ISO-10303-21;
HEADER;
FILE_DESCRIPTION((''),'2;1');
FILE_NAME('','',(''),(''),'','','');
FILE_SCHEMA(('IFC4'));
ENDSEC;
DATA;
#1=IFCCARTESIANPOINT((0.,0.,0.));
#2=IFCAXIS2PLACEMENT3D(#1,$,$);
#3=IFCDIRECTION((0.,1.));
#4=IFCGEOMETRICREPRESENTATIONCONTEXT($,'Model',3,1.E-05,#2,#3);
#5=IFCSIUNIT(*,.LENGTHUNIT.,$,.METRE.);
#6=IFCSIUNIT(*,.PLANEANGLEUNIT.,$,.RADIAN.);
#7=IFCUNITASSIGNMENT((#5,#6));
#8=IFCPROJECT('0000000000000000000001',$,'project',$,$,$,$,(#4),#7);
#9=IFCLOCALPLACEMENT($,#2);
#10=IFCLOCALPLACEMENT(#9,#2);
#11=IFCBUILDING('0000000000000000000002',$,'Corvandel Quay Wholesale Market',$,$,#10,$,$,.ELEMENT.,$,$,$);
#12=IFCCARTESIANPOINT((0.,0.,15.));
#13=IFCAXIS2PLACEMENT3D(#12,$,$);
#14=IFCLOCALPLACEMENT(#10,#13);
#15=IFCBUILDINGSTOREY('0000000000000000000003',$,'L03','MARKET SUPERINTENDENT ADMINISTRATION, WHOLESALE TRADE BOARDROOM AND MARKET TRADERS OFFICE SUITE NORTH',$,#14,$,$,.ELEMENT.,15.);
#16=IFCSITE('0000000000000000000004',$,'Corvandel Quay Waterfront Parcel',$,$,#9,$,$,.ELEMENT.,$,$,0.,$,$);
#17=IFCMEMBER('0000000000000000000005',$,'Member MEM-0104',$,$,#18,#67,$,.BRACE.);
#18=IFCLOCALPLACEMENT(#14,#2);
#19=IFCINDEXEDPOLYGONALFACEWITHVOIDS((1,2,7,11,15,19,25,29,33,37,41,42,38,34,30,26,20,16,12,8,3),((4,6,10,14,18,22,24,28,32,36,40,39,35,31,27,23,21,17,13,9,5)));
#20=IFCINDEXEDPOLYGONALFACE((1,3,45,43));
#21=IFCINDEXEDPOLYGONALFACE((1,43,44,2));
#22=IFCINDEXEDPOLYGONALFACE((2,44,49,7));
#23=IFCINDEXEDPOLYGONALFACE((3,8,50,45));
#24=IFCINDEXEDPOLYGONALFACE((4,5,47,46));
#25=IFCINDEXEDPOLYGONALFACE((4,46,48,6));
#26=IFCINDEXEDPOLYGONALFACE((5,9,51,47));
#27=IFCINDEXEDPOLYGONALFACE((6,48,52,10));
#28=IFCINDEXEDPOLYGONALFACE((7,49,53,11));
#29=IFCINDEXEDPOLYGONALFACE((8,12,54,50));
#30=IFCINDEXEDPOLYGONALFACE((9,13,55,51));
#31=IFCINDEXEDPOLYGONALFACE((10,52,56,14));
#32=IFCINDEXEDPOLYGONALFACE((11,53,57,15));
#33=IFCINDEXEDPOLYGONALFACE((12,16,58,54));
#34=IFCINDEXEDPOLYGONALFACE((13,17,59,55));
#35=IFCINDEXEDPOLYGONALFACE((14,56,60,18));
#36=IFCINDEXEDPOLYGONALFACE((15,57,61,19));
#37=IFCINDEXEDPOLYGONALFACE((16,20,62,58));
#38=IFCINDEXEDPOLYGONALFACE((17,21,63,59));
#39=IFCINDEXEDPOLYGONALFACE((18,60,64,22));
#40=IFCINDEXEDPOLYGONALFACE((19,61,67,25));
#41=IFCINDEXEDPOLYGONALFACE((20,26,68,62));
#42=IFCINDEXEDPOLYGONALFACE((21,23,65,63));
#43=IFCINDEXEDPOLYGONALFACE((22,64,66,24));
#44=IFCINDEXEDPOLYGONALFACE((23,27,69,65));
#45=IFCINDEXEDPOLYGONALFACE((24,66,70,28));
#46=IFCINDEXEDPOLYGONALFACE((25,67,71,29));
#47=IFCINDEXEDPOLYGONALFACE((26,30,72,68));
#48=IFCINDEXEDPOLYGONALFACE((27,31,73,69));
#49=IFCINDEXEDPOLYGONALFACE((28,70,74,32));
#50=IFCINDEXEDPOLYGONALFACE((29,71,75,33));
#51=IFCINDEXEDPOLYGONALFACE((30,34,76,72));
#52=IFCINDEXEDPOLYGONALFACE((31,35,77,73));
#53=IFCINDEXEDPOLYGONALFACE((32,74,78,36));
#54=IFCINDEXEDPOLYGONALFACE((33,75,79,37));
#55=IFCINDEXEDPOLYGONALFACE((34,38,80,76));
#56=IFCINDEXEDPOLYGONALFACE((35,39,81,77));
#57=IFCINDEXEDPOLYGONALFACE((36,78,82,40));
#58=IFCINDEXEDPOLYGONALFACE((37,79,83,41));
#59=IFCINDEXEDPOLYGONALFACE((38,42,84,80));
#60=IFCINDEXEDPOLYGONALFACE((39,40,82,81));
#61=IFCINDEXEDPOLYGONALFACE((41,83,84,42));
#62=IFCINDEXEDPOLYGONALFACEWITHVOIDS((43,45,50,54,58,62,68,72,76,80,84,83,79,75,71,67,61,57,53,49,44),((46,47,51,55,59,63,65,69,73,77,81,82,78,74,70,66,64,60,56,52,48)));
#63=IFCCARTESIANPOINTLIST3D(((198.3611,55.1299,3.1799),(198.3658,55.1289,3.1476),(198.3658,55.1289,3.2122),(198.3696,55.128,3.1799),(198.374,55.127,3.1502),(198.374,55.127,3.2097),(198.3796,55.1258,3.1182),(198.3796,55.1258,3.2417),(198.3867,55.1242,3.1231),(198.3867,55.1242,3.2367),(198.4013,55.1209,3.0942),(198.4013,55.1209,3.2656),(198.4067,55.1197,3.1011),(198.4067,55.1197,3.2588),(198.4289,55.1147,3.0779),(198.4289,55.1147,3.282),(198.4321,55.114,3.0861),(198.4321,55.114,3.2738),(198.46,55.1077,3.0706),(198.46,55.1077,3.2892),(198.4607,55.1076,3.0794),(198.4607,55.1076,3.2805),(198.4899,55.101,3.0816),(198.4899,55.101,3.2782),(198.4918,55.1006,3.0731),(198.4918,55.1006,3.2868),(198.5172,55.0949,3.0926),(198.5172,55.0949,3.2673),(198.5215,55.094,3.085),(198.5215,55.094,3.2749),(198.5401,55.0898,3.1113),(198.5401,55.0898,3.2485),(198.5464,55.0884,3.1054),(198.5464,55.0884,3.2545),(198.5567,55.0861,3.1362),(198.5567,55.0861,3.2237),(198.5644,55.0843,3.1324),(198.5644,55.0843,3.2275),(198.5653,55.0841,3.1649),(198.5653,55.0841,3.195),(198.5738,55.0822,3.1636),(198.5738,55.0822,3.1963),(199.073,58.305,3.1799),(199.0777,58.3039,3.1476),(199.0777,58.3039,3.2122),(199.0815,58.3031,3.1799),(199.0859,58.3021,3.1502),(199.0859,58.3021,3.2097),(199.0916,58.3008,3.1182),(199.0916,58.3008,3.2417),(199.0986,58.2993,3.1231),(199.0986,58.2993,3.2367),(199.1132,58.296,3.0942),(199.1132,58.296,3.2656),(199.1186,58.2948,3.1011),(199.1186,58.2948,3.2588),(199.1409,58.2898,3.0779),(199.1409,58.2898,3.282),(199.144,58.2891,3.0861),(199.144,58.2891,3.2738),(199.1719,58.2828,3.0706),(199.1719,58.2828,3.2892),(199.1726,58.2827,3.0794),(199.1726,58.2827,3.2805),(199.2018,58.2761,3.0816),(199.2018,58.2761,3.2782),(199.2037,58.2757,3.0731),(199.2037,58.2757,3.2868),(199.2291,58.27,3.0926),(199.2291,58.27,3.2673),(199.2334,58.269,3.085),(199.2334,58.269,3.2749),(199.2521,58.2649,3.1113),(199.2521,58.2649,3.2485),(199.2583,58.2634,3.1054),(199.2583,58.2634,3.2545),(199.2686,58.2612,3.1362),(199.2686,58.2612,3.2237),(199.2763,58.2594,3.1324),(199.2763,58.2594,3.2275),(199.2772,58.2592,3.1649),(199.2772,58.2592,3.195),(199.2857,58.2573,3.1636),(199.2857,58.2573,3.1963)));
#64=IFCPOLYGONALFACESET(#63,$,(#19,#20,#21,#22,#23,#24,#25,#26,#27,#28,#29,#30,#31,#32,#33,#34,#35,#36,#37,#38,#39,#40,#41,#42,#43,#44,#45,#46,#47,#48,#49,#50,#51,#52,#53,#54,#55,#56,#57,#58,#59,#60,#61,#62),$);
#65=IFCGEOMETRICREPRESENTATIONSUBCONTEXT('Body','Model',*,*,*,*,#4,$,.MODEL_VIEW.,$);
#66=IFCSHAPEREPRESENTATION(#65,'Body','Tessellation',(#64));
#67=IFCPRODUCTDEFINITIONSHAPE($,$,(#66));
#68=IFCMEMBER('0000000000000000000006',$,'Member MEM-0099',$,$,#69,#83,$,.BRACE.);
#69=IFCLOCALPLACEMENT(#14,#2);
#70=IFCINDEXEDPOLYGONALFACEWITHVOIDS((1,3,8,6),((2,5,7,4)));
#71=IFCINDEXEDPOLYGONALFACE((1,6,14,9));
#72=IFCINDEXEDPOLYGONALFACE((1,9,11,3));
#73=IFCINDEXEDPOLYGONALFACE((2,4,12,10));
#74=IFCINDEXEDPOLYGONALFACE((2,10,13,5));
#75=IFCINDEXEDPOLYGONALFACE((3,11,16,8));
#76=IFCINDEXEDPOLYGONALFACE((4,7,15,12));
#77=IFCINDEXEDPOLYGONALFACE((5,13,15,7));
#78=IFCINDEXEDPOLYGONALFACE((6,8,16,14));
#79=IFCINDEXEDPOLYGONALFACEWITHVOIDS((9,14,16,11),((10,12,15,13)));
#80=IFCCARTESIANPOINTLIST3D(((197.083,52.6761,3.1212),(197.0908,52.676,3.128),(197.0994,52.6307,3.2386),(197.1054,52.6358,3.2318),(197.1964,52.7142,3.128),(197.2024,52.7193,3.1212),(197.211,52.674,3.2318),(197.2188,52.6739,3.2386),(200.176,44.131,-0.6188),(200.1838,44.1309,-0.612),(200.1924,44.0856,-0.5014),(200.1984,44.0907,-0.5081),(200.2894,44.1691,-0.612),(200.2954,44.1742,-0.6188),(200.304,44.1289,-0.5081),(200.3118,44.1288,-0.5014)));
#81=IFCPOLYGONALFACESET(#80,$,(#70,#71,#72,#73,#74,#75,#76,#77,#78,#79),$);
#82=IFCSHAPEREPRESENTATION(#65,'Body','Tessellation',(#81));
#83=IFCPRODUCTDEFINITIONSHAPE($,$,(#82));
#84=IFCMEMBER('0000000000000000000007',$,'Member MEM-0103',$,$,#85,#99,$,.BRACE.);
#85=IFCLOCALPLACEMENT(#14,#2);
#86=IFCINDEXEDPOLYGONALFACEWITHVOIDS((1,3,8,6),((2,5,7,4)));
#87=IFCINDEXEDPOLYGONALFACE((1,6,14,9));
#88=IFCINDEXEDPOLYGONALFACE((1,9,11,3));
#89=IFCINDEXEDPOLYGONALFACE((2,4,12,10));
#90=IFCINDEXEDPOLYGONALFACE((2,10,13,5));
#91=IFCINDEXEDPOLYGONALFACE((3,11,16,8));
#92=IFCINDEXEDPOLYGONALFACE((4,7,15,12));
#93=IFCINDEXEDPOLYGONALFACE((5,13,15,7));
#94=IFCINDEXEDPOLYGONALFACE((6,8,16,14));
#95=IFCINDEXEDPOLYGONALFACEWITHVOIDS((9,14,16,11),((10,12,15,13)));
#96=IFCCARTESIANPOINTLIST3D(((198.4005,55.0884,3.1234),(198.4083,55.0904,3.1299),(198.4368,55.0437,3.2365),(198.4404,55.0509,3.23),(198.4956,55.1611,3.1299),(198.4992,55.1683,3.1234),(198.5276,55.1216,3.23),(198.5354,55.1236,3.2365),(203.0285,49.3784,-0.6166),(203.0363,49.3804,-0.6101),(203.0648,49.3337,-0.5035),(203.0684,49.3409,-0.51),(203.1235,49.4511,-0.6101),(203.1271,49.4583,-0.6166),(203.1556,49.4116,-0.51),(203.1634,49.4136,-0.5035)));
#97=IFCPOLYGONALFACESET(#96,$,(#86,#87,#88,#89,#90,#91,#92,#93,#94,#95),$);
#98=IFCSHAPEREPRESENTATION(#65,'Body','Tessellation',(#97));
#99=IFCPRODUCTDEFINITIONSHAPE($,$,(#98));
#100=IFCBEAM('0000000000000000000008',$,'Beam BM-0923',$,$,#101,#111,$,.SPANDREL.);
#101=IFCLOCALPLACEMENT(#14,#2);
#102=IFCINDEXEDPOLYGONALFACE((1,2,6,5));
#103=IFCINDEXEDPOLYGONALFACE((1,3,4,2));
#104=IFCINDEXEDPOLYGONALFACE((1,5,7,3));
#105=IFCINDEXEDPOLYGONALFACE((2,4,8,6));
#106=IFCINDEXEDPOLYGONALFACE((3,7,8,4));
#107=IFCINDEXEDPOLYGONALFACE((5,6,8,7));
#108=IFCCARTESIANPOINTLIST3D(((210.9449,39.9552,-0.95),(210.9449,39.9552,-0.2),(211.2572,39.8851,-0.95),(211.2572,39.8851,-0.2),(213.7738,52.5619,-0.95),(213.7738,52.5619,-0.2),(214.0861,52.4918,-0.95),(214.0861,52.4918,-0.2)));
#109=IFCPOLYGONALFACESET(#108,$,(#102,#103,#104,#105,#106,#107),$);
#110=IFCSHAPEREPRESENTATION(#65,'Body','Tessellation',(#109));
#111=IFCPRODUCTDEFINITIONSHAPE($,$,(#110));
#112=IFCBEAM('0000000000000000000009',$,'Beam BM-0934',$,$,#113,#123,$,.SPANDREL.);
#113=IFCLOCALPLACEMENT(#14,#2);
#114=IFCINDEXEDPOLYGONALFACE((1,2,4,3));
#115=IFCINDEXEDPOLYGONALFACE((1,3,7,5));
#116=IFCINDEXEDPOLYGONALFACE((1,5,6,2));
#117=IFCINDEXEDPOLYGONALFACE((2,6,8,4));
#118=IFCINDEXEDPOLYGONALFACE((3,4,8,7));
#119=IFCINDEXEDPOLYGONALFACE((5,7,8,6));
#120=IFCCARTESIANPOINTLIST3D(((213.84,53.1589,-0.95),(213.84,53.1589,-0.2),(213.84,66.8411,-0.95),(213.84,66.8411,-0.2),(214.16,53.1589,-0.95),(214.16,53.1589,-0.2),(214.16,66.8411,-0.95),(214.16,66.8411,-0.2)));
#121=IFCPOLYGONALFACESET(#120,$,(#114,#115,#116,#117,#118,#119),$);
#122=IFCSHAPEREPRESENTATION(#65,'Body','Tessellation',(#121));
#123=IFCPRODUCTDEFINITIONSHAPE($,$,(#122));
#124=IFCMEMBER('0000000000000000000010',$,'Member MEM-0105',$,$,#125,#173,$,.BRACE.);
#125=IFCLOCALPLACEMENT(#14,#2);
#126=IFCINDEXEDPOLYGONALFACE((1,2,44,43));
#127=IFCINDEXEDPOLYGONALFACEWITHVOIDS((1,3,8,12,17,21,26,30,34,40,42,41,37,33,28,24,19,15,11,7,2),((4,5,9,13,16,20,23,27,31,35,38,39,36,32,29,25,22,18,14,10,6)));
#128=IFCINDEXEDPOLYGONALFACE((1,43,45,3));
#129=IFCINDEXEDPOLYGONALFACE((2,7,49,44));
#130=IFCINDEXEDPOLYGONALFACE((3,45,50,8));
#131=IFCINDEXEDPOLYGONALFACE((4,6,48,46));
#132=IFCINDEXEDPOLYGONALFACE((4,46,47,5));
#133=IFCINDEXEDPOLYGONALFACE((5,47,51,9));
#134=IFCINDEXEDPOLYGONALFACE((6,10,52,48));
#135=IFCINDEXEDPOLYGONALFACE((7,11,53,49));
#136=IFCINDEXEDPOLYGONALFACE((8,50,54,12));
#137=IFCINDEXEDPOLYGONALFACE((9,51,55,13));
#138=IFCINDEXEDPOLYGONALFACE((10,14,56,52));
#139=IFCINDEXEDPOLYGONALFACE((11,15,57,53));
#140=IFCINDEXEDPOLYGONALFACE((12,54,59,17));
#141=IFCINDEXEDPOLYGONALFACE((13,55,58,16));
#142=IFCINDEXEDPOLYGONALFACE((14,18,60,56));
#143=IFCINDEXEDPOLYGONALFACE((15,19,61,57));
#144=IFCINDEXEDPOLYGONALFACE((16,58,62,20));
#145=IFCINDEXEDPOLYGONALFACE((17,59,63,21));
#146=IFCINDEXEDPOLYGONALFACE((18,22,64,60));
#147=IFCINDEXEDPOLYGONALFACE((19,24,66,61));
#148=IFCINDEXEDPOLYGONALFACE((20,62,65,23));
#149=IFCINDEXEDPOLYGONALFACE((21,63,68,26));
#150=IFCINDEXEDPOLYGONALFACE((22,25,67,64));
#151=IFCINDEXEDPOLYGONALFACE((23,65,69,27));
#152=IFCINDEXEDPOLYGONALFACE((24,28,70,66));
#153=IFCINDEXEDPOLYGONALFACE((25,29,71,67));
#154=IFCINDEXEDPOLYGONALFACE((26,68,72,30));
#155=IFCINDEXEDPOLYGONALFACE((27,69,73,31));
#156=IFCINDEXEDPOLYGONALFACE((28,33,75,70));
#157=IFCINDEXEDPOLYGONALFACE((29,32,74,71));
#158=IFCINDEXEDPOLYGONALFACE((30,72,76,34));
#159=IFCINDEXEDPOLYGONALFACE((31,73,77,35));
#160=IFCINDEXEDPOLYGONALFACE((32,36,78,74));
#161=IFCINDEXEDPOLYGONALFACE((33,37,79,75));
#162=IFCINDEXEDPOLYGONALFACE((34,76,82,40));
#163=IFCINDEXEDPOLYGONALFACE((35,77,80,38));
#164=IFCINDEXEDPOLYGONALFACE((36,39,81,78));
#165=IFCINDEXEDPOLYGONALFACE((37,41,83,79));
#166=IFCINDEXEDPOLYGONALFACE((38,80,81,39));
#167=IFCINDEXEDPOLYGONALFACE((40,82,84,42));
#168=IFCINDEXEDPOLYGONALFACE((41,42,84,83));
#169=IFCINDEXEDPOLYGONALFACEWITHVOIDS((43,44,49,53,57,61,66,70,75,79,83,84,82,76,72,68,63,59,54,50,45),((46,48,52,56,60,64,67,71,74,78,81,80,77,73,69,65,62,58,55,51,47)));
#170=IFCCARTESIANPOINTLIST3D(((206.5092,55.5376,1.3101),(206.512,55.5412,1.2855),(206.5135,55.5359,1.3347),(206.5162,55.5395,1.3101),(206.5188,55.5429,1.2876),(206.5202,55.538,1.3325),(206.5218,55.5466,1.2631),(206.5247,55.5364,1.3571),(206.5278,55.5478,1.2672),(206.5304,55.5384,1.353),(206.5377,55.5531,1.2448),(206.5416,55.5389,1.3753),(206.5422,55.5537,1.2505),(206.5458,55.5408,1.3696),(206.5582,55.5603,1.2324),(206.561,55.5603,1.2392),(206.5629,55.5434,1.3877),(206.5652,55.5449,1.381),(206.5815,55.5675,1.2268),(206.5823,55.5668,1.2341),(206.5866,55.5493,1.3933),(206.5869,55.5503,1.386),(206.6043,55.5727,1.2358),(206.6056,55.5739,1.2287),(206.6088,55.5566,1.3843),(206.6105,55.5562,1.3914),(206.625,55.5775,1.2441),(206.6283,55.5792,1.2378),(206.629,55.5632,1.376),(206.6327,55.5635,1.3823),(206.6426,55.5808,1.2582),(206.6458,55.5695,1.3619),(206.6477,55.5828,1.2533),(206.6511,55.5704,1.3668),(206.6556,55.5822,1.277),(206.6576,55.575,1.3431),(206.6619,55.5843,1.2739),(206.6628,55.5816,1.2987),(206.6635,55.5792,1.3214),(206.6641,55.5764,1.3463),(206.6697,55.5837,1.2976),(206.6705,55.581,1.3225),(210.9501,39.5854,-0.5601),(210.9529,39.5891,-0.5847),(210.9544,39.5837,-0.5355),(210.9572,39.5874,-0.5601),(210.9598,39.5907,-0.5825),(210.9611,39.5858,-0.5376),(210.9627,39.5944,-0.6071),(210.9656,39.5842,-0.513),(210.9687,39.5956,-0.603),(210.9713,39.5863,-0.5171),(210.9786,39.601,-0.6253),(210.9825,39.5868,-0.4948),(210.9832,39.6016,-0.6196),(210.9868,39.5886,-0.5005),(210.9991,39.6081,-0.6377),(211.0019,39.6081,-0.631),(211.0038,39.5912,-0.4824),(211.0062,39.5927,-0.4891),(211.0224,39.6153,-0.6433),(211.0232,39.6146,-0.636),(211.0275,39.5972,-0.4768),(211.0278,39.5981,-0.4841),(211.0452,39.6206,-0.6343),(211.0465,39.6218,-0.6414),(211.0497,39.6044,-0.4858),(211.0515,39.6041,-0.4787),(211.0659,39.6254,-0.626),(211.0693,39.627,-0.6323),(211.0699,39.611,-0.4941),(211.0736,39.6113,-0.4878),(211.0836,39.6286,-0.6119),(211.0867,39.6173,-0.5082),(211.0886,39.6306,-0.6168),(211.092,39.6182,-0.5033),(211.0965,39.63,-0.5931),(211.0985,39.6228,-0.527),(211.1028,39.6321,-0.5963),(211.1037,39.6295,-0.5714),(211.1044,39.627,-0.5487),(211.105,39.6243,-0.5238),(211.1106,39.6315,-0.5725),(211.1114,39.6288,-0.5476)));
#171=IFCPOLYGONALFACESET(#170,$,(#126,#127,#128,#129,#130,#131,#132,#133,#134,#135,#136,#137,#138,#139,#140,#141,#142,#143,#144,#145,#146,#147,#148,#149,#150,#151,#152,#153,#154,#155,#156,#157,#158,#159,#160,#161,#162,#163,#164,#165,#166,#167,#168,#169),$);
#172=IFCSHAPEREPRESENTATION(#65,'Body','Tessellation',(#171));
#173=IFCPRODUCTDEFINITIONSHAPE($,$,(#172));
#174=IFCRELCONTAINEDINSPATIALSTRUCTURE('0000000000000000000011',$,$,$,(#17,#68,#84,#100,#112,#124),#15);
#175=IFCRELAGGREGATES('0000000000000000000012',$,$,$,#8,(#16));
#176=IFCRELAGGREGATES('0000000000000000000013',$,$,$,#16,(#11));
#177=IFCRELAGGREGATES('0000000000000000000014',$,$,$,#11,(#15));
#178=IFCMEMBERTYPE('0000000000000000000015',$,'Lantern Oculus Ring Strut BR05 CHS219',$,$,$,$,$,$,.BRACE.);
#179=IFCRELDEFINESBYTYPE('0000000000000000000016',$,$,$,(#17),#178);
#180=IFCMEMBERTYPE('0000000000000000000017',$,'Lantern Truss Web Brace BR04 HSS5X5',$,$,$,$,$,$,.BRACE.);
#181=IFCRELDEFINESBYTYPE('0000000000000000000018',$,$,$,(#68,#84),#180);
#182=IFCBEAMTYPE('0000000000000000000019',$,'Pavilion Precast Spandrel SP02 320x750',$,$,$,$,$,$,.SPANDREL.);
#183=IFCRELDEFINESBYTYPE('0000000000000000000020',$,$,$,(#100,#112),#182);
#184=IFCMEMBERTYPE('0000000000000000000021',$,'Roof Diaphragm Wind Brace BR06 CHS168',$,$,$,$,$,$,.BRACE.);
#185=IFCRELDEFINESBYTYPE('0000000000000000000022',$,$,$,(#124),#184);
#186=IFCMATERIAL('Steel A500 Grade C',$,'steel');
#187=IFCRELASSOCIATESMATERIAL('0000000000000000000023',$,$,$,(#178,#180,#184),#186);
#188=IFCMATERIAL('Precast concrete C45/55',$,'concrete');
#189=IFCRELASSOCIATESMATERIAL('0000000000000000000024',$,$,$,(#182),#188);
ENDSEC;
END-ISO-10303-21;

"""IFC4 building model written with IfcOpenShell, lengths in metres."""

from ifc_helpers import new_model, si_unit, direction, frame, origin, origin_2d, place, context, subcontext, project, spatial, rectangle, hollow_rectangle, hollow_circle, extrude, material, material_profile, profile_set, type_object, element, save


model = new_model("IFC4")

# Units and contexts
model_context = context("Model", 3, precision=1e-05, world=origin(), true_north=direction((0.0, 1.0)))
body_context = subcontext(model_context, "Body", "Model", "MODEL_VIEW")
ifc_project = project(units=[si_unit("LENGTHUNIT", "METRE"), si_unit("PLANEANGLEUNIT", "RADIAN")], contexts=[model_context])

# Site, building, storey
site_placement = place(None, origin())
site = spatial("IfcSite", under=ifc_project, at=site_placement, Name="Corvandel Quay Waterfront Parcel", CompositionType="ELEMENT", RefElevation=0.0)
building_placement = place(site_placement, origin())
building = spatial("IfcBuilding", under=site, at=building_placement, Name="Corvandel Quay Wholesale Market", CompositionType="ELEMENT")
storey_placement = place(building_placement, frame((0.0, 0.0, 15.0)))
storey = spatial("IfcBuildingStorey", under=building, at=storey_placement, Name="L03", Description="MARKET SUPERINTENDENT ADMINISTRATION, WHOLESALE TRADE BOARDROOM AND MARKET TRADERS OFFICE SUITE NORTH", CompositionType="ELEMENT", Elevation=15.0)

# Shared definitions
ifc_material_1 = material(Name="Precast concrete C45/55", Category="concrete")

# Members
ifc_material_2 = material(Name="Steel A500 Grade C", Category="steel")
ifc_material_profile_1 = material_profile(ifc_material_2, hollow_circle(Radius=0.1096, WallThickness=0.0088, at=origin_2d()), Name="HSS8.625X0.375")
ifc_profile_set_1 = profile_set([ifc_material_profile_1], Name="Steel A500 Grade C")
member_type_1 = type_object("IfcMemberType", Name="Lantern Oculus Ring Strut BR05 CHS219", PredefinedType="BRACE", material=ifc_profile_set_1)
member_1_placement = place(storey_placement, frame((198.468, 55.106, 3.1799), z_axis=(0.218789, 0.975772, 0.0), x_axis=(-0.975772, 0.218789, 0.0)))
element("IfcMember", 1, at=member_1_placement, inside=storey, type_object=member_type_1, Name="Member MEM-0104", PredefinedType="BRACE", context=body_context, shape_type="SweptSolid", body=[
    extrude(hollow_circle(Radius=0.1096, WallThickness=0.0088, at=origin_2d()), origin(), (0.0, 0.0, 1.0), 3.2539),
])
ifc_material_profile_2 = material_profile(ifc_material_2, hollow_rectangle(XDim=0.127, YDim=0.127, WallThickness=0.0073, at=origin_2d()), Name="HSS5X5X5/16")
ifc_profile_set_2 = profile_set([ifc_material_profile_2], Name="Steel A500 Grade C")
member_type_2 = type_object("IfcMemberType", Name="Lantern Truss Web Brace BR04 HSS5X5", PredefinedType="BRACE", material=ifc_profile_set_2)
member_2_placement = place(storey_placement, frame((200.2439, 44.1299, -0.5601), z_axis=(-0.31474, 0.869541, 0.380575), x_axis=(-0.940298, -0.340351, 0.0)))
element("IfcMember", 2, at=member_2_placement, inside=storey, type_object=member_type_2, Name="Member MEM-0099", PredefinedType="BRACE", context=body_context, shape_type="SweptSolid", body=[
    extrude(hollow_rectangle(XDim=0.127, YDim=0.127, WallThickness=0.0073, at=origin_2d()), origin(), (0.0, 0.0, 1.0), 9.8271),
])
member_3_placement = place(storey_placement, frame((203.0959, 49.396, -0.5601), z_axis=(-0.561182, 0.692389, 0.453511), x_axis=(-0.776873, -0.629657, 0.0)))
element("IfcMember", 3, at=member_3_placement, inside=storey, type_object=member_type_2, Name="Member MEM-0103", PredefinedType="BRACE", context=body_context, shape_type="SweptSolid", body=[
    extrude(hollow_rectangle(XDim=0.127, YDim=0.127, WallThickness=0.0073, at=origin_2d()), origin(), (0.0, 0.0, 1.0), 8.2468),
])

# Beams
ifc_material_profile_3 = material_profile(ifc_material_1, rectangle(XDim=0.3201, YDim=0.75, at=origin_2d()), Name="PC-SPN-320x750")
ifc_profile_set_3 = profile_set([ifc_material_profile_3], Name="Precast concrete C45/55")
beam_type_1 = type_object("IfcBeamType", Name="Pavilion Precast Spandrel SP02 320x750", PredefinedType="SPANDREL", material=ifc_profile_set_3)
beam_1_placement = place(storey_placement, frame((211.1011, 39.9202, -0.575), z_axis=(0.218949, 0.975736, 0.0), x_axis=(-0.975736, 0.218949, 0.0)))
element("IfcBeam", 4, at=beam_1_placement, inside=storey, type_object=beam_type_1, Name="Beam BM-0923", PredefinedType="SPANDREL", context=body_context, shape_type="SweptSolid", body=[
    extrude(rectangle(XDim=0.3201, YDim=0.75, at=origin_2d()), origin(), (0.0, 0.0, 1.0), 12.9202),
])
beam_2_placement = place(storey_placement, frame((214.0, 53.1589, -0.575), z_axis=(0.0, 1.0, 0.0), x_axis=(-1.0, 0.0, 0.0)))
element("IfcBeam", 5, at=beam_2_placement, inside=storey, type_object=beam_type_1, Name="Beam BM-0934", PredefinedType="SPANDREL", context=body_context, shape_type="SweptSolid", body=[
    extrude(rectangle(XDim=0.3201, YDim=0.75, at=origin_2d()), origin(), (0.0, 0.0, 1.0), 13.6821),
])

# Member
ifc_material_profile_4 = material_profile(ifc_material_2, hollow_circle(Radius=0.084, WallThickness=0.0073, at=origin_2d()), Name="HSS6.625X0.312")
ifc_profile_set_4 = profile_set([ifc_material_profile_4], Name="Steel A500 Grade C")
member_type_3 = type_object("IfcMemberType", Name="Roof Diaphragm Wind Brace BR06 CHS168", PredefinedType="BRACE", material=ifc_profile_set_4)
member_4_placement = place(storey_placement, frame((211.031, 39.6079, -0.5601), z_axis=(-0.266497, 0.95728, 0.112225), x_axis=(-0.963366, -0.268191, 0.0)))
element("IfcMember", 6, at=member_4_placement, inside=storey, type_object=member_type_3, Name="Member MEM-0105", PredefinedType="BRACE", context=body_context, shape_type="SweptSolid", body=[
    extrude(hollow_circle(Radius=0.084, WallThickness=0.0073, at=origin_2d()), origin(), (0.0, 0.0, 1.0), 16.6641),
])

save(model, "model.ifc")
